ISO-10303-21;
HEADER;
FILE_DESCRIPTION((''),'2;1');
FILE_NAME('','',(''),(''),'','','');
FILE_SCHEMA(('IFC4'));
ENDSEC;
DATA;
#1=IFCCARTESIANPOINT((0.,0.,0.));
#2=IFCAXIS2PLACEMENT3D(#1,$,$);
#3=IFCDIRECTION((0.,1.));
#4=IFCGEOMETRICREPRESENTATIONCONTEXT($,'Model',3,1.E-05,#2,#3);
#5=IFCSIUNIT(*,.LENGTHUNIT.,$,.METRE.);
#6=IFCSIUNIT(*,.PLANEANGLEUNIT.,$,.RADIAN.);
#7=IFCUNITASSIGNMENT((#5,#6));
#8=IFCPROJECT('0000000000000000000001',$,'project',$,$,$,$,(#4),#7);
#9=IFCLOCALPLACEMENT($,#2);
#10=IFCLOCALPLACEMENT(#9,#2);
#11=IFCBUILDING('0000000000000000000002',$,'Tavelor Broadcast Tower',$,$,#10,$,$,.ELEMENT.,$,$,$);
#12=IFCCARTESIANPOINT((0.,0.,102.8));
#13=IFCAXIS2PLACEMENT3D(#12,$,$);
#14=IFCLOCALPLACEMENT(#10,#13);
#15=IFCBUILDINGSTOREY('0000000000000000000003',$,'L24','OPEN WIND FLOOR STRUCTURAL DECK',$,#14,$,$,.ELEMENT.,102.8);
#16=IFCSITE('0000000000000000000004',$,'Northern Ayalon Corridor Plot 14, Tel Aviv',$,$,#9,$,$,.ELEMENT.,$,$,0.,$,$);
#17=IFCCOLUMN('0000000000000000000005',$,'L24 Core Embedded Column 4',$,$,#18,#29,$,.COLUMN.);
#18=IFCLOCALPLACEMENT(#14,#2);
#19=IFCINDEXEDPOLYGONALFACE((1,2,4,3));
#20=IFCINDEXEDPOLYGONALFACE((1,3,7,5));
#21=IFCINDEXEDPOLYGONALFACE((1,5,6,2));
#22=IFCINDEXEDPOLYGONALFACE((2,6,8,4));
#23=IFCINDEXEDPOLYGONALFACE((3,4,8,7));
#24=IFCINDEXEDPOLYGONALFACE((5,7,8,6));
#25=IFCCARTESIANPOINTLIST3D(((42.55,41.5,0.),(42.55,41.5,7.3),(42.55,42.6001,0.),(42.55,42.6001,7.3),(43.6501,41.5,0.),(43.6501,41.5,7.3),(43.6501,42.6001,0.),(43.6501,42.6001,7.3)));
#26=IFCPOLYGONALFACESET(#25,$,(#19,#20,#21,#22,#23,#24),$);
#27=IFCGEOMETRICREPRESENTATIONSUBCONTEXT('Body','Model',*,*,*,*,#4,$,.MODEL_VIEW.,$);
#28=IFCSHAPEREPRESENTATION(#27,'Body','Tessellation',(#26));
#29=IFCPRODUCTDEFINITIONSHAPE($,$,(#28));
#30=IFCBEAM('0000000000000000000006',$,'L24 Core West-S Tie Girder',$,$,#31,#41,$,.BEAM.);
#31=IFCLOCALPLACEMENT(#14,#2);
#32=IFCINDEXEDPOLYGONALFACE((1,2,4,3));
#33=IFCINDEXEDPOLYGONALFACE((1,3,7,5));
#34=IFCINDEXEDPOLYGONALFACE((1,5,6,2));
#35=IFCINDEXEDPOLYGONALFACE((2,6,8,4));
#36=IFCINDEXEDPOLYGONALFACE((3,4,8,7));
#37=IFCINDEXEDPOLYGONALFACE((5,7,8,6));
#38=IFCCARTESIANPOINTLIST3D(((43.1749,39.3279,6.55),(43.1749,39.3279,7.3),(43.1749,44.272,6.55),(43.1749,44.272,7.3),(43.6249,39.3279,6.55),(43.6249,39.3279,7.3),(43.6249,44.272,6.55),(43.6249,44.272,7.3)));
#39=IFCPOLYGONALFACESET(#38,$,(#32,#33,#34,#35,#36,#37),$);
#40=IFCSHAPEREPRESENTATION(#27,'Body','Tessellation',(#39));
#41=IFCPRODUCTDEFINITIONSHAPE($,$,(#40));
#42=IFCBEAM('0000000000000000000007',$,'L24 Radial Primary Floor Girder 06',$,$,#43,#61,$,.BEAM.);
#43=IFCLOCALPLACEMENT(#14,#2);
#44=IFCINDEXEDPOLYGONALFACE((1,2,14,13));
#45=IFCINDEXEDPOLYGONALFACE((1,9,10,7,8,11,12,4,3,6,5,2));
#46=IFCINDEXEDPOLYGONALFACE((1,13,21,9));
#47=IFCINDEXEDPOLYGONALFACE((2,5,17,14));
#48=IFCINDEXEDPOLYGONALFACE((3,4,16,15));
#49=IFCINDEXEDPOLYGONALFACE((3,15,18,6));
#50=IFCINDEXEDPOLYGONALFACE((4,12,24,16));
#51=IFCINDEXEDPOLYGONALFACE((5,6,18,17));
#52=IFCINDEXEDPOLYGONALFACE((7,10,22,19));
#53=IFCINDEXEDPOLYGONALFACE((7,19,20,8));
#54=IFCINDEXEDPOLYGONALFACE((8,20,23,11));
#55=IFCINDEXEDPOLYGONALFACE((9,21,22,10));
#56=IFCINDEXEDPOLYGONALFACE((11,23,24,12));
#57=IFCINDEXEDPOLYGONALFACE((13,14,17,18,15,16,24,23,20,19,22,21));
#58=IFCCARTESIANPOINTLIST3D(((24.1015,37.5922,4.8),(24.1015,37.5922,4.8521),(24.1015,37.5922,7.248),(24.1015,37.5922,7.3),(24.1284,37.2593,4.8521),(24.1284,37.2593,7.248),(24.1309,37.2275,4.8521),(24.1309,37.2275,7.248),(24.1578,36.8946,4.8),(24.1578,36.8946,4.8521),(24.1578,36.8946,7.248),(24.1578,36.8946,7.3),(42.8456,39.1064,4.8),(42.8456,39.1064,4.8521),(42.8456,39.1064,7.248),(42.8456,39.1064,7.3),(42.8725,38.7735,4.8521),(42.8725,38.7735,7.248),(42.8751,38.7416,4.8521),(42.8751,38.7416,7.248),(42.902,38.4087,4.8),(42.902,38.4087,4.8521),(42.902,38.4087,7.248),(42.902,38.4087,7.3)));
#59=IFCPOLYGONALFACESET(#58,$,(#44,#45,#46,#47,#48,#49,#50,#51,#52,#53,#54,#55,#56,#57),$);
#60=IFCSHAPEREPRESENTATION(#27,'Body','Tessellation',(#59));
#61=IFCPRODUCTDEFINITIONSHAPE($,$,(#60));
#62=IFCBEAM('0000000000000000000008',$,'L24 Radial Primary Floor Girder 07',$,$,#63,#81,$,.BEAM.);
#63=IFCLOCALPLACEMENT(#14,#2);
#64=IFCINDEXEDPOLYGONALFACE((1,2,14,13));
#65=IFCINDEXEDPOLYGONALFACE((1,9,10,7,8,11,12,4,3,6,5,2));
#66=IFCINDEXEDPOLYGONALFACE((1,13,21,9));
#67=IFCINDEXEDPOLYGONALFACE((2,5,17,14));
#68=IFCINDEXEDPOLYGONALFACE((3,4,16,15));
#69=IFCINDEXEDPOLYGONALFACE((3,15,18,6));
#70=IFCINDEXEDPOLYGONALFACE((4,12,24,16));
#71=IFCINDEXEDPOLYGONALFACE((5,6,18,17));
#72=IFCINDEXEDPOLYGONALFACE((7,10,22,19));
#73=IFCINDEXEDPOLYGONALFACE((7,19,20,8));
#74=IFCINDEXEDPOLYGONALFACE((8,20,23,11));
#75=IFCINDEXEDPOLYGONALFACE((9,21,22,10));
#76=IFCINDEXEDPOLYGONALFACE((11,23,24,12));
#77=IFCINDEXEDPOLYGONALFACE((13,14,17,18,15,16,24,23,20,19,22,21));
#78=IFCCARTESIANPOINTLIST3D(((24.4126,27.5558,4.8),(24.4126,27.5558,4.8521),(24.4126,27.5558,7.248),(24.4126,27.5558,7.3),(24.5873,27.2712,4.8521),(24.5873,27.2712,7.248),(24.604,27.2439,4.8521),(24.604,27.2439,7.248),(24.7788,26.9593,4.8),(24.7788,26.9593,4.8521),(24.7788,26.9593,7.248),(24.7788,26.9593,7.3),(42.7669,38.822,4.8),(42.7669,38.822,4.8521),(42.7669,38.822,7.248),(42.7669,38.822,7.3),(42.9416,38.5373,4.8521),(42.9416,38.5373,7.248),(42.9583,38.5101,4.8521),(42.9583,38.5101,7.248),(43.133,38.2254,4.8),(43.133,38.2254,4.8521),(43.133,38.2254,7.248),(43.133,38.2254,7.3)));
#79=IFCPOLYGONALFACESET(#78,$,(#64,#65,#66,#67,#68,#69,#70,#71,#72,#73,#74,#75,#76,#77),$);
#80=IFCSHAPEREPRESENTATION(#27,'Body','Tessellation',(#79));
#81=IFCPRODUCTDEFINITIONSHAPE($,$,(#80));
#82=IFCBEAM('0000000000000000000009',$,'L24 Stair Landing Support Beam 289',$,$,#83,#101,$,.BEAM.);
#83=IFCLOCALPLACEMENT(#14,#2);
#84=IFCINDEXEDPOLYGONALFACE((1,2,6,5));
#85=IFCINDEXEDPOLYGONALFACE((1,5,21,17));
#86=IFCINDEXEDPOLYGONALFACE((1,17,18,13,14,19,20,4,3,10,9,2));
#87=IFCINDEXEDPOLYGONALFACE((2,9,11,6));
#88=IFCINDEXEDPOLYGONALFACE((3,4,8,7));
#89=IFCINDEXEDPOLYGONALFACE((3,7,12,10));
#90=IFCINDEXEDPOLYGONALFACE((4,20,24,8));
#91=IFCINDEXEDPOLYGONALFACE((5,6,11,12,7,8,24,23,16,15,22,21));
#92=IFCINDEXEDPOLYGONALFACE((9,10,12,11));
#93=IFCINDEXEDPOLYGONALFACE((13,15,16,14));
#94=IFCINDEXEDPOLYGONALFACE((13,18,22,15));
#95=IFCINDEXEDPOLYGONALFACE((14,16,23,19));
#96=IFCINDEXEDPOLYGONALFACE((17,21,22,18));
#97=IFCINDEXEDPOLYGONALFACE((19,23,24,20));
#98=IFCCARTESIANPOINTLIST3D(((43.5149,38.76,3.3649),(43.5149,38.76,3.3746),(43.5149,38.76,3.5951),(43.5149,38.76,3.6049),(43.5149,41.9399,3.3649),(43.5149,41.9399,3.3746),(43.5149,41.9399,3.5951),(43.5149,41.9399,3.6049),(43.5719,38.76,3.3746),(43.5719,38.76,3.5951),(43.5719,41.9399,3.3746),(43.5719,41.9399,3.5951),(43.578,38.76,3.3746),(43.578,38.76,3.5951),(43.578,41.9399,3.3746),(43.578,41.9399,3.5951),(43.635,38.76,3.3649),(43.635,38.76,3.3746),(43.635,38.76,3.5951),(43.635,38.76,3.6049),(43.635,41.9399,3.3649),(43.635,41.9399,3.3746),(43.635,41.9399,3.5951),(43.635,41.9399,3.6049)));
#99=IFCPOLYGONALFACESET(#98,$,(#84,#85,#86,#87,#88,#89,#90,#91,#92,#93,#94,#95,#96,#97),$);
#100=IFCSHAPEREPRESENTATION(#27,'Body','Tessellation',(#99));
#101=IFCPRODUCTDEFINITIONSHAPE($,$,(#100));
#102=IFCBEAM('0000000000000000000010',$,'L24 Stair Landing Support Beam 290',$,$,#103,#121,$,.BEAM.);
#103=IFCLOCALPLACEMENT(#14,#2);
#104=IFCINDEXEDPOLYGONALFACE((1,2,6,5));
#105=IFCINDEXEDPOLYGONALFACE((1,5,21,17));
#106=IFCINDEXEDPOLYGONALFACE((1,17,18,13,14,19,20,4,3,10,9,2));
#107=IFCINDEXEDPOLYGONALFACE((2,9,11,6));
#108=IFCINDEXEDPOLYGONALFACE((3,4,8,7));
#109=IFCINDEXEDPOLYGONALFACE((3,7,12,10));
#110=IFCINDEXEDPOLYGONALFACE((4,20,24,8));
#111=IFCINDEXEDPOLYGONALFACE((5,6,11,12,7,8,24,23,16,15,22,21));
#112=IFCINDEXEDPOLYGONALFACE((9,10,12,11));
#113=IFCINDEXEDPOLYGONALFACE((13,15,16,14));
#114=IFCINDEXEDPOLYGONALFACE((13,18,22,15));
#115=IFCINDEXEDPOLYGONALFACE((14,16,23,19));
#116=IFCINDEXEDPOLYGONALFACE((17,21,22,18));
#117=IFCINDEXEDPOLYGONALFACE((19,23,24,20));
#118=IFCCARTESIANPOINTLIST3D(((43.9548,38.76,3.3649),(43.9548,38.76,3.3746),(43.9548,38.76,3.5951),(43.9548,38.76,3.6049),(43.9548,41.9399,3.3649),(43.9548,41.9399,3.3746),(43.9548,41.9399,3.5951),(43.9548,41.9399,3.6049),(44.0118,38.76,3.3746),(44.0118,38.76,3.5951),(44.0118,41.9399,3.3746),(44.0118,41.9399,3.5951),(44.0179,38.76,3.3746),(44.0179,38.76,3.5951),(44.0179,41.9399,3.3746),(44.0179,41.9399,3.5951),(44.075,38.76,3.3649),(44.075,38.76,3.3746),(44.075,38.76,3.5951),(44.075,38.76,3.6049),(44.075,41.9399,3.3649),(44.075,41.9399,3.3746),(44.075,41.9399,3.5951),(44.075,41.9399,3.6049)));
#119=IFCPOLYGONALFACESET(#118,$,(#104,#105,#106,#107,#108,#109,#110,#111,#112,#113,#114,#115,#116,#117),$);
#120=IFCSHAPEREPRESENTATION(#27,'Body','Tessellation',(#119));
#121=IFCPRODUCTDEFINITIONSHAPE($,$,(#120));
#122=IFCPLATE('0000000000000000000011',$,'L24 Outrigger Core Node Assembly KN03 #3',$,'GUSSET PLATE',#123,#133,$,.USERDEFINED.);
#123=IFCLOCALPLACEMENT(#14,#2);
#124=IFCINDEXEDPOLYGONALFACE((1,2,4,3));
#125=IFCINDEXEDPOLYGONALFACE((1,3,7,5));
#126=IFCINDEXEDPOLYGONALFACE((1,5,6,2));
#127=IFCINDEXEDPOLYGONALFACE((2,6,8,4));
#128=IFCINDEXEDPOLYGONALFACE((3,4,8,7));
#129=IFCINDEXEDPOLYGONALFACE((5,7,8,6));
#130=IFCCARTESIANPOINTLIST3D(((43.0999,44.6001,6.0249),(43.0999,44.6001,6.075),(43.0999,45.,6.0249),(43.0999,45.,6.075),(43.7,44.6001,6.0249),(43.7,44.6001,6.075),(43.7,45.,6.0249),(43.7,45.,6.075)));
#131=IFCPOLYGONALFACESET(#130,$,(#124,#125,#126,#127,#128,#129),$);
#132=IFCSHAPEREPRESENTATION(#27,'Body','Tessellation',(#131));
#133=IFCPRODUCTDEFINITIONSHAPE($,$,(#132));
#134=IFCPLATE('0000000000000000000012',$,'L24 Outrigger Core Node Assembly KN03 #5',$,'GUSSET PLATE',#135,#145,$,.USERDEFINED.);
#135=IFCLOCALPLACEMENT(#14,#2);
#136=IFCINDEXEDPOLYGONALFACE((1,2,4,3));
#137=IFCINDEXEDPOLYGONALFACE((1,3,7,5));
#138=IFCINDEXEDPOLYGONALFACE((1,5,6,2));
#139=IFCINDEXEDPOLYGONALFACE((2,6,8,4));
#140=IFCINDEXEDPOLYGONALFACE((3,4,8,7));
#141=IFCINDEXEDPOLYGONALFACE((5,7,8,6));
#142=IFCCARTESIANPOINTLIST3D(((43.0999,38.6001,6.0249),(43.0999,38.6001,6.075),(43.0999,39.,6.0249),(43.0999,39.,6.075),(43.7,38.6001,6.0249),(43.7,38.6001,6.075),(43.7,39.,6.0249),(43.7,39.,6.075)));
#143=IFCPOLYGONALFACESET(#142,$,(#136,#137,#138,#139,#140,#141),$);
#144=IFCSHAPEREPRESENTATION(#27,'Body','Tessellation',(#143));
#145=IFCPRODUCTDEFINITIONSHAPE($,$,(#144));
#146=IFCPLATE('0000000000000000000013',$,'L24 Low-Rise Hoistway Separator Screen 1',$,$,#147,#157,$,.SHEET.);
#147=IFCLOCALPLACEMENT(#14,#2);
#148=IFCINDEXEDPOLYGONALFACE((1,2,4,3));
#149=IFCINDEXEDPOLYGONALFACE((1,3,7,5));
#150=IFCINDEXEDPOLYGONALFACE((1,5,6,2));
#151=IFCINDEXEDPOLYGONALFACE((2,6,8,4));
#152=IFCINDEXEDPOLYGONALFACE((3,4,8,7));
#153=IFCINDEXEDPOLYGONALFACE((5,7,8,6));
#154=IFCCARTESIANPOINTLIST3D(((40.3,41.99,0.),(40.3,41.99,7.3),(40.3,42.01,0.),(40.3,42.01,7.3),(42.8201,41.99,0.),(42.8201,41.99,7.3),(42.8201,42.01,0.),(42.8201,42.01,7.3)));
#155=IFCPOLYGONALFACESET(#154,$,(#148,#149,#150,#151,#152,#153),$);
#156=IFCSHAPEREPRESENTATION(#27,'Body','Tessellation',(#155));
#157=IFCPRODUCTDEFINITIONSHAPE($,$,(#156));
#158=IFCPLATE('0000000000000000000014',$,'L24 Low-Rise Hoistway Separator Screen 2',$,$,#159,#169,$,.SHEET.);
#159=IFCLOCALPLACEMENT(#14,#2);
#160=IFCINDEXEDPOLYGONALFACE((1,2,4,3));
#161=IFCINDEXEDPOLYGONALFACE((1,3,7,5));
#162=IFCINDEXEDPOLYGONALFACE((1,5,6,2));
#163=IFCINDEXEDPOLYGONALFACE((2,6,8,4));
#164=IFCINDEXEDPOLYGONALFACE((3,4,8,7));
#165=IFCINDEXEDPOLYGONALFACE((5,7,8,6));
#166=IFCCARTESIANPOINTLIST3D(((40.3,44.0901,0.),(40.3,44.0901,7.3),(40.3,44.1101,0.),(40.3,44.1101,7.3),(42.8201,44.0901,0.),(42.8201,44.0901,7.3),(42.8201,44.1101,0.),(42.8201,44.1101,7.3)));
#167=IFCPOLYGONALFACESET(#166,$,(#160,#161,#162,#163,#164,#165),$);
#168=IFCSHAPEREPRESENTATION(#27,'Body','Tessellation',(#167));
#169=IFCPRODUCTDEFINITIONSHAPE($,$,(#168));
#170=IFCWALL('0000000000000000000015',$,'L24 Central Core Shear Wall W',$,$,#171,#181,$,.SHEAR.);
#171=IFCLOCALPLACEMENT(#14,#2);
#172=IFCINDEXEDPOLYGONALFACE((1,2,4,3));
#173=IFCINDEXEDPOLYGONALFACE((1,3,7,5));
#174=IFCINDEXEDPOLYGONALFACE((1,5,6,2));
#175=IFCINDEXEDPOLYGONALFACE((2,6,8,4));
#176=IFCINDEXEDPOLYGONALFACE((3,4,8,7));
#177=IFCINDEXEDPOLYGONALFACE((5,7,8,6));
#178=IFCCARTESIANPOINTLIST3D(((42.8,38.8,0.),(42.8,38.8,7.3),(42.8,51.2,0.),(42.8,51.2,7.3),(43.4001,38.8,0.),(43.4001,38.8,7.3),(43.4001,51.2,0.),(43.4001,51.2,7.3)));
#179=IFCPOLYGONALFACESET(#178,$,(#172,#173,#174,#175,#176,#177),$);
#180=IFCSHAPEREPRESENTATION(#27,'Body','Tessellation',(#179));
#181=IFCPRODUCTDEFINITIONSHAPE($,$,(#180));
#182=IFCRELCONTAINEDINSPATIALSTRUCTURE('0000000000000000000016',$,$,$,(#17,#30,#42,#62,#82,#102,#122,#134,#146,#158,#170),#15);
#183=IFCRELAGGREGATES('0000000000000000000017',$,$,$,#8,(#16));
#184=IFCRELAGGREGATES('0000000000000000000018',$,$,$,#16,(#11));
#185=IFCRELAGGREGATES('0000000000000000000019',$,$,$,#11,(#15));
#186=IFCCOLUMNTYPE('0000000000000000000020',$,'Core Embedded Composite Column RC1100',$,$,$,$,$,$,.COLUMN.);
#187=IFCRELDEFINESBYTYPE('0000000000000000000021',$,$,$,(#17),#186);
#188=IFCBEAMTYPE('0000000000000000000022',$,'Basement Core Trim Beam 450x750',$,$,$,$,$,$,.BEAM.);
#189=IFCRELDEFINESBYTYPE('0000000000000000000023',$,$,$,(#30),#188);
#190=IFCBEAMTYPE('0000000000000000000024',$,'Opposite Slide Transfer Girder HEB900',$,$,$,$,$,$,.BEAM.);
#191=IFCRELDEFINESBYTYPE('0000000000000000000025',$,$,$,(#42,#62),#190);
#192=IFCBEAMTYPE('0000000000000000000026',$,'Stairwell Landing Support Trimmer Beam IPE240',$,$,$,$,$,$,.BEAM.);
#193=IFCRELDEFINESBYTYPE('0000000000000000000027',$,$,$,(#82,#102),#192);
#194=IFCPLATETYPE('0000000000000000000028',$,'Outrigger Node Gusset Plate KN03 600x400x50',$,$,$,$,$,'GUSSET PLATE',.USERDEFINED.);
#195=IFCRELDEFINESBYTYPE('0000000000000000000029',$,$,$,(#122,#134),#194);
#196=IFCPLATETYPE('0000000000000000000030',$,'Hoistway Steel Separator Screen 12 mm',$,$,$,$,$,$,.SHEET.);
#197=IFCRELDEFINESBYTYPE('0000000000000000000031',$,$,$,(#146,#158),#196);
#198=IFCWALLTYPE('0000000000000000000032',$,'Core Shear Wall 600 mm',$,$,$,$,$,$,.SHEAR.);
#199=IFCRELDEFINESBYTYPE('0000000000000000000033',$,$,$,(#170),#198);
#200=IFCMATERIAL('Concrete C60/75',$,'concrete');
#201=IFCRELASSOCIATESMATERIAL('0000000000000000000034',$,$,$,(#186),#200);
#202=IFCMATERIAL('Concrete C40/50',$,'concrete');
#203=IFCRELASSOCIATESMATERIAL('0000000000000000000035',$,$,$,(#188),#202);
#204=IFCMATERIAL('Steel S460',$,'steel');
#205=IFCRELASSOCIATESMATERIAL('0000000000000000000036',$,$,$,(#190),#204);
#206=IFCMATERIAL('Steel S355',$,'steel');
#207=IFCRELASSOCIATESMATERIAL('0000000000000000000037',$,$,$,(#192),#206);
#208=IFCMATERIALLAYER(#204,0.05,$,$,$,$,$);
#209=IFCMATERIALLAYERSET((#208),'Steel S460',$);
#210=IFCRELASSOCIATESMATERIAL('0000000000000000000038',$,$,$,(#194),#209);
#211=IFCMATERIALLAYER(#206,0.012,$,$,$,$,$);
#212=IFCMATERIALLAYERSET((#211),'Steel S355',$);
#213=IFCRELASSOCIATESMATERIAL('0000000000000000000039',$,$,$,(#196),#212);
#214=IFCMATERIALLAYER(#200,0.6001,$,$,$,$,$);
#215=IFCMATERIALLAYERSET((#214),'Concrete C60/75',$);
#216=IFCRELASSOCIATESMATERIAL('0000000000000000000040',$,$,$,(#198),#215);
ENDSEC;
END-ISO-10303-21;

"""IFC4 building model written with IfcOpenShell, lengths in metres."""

from ifc_helpers import new_model, si_unit, direction, frame, frame_2d, origin, origin_2d, place, context, subcontext, project, spatial, rectangle, i_section, extrude, source, transform, mapped, material, layer, layer_set, material_profile, profile_set, type_object, type_shapes, element, save


model = new_model("IFC4")

# Units and contexts
model_context = context("Model", 3, precision=1e-05, world=origin(), true_north=direction((0.0, 1.0)))
body_context = subcontext(model_context, "Body", "Model", "MODEL_VIEW")
ifc_project = project(units=[si_unit("LENGTHUNIT", "METRE"), si_unit("PLANEANGLEUNIT", "RADIAN")], contexts=[model_context])

# Site, building, storey
site_placement = place(None, origin())
site = spatial("IfcSite", under=ifc_project, at=site_placement, Name="Northern Ayalon Corridor Plot 14, Tel Aviv", CompositionType="ELEMENT", RefElevation=0.0)
building_placement = place(site_placement, origin())
building = spatial("IfcBuilding", under=site, at=building_placement, Name="Tavelor Broadcast Tower", CompositionType="ELEMENT")
storey_placement = place(building_placement, frame((0.0, 0.0, 102.8)))
storey = spatial("IfcBuildingStorey", under=building, at=storey_placement, Name="L24", Description="OPEN WIND FLOOR STRUCTURAL DECK", CompositionType="ELEMENT", Elevation=102.8)

# Column
ifc_material_1 = material(Name="Concrete C60/75", Category="concrete")
ifc_material_profile_1 = material_profile(ifc_material_1, rectangle(XDim=1.1001, YDim=1.1001, at=origin_2d()), Name="RC 1100x1100")
ifc_profile_set_1 = profile_set([ifc_material_profile_1], Name="Concrete C60/75")
column_type = type_object("IfcColumnType", Name="Core Embedded Composite Column RC1100", PredefinedType="COLUMN", material=ifc_profile_set_1)
column_placement = place(storey_placement, frame((43.1001, 42.05, 0.0), z_axis=(0.0, 0.0, 1.0), x_axis=(1.0, 0.0, 0.0)))
element("IfcColumn", 1, at=column_placement, inside=storey, type_object=column_type, Name="L24 Core Embedded Column 4", PredefinedType="COLUMN", context=body_context, shape_type="SweptSolid", body=[
    extrude(rectangle(XDim=1.1001, YDim=1.1001, at=origin_2d()), origin(), (0.0, 0.0, 1.0), 7.3),
])

# Beams
ifc_material_2 = material(Name="Concrete C40/50", Category="concrete")
ifc_material_profile_2 = material_profile(ifc_material_2, rectangle(XDim=0.45, YDim=0.75, at=origin_2d()), Name="RC 450x750")
ifc_profile_set_2 = profile_set([ifc_material_profile_2], Name="Concrete C40/50")
beam_type_1 = type_object("IfcBeamType", Name="Basement Core Trim Beam 450x750", PredefinedType="BEAM", material=ifc_profile_set_2)
beam_1_placement = place(storey_placement, frame((43.3999, 39.3279, 6.925), z_axis=(0.0, 1.0, 0.0), x_axis=(-1.0, 0.0, 0.0)))
element("IfcBeam", 2, at=beam_1_placement, inside=storey, type_object=beam_type_1, Name="L24 Core West-S Tie Girder", PredefinedType="BEAM", context=body_context, shape_type="SweptSolid", body=[
    extrude(rectangle(XDim=0.45, YDim=0.75, at=origin_2d()), origin(), (0.0, 0.0, 1.0), 4.9441),
])
ifc_material_3 = material(Name="Steel S460", Category="steel")
ifc_material_profile_3 = material_profile(ifc_material_3, i_section(OverallWidth=0.7, OverallDepth=2.5, WebThickness=0.032, FlangeThickness=0.052, at=origin_2d()), Name="PG 2500x700")
ifc_profile_set_3 = profile_set([ifc_material_profile_3], Name="Steel S460")
beam_type_2 = type_object("IfcBeamType", Name="Opposite Slide Transfer Girder HEB900", PredefinedType="BEAM", material=ifc_profile_set_3)
beam_2_placement = place(storey_placement, frame((42.8738, 38.7576, 6.05), z_axis=(-0.996753, -0.080518, 0.0), x_axis=(0.080518, -0.996753, 0.0)))
element("IfcBeam", 3, at=beam_2_placement, inside=storey, type_object=beam_type_2, Name="L24 Radial Primary Floor Girder 06", PredefinedType="BEAM", context=body_context, shape_type="SweptSolid", body=[
    extrude(i_section(OverallWidth=0.7, OverallDepth=2.5, WebThickness=0.032, FlangeThickness=0.052, at=origin_2d()), origin(), (0.0, 0.0, 1.0), 18.8052),
])
beam_3_placement = place(storey_placement, frame((42.95, 38.5237, 6.05), z_axis=(-0.852255, -0.523127, 0.0), x_axis=(0.523127, -0.852255, 0.0)))
element("IfcBeam", 4, at=beam_3_placement, inside=storey, type_object=beam_type_2, Name="L24 Radial Primary Floor Girder 07", PredefinedType="BEAM", context=body_context, shape_type="SweptSolid", body=[
    extrude(i_section(OverallWidth=0.7, OverallDepth=2.5, WebThickness=0.032, FlangeThickness=0.052, at=origin_2d()), origin(), (0.0, 0.0, 1.0), 21.5361),
])
ifc_material_4 = material(Name="Steel S355", Category="steel")
ifc_material_profile_4 = material_profile(ifc_material_4, i_section(OverallWidth=0.1201, OverallDepth=0.24, WebThickness=0.0061, FlangeThickness=0.0098, at=origin_2d()), Name="IPE 240")
ifc_profile_set_4 = profile_set([ifc_material_profile_4], Name="Steel S355")
beam_type_3 = type_object("IfcBeamType", Name="Stairwell Landing Support Trimmer Beam IPE240", PredefinedType="BEAM", material=ifc_profile_set_4)
for number, where, z_axis, x_axis, name in (
    (5, (43.575, 38.76, 3.4849), (0.0, 1.0, 0.0), (-1.0, 0.0, 0.0), "L24 Stair Landing Support Beam 289"),
    (6, (44.0149, 38.76, 3.4849), (0.0, 1.0, 0.0), (-1.0, 0.0, 0.0), "L24 Stair Landing Support Beam 290"),
):
    element("IfcBeam", number, at=place(storey_placement, frame(where, z_axis=z_axis, x_axis=x_axis)), inside=storey, type_object=beam_type_3, Name=name, PredefinedType="BEAM", context=body_context, shape_type="SweptSolid", body=[
        extrude(i_section(OverallWidth=0.1201, OverallDepth=0.24, WebThickness=0.0061, FlangeThickness=0.0098, at=origin_2d()), origin(), (0.0, 0.0, 1.0), 3.1799),
    ])

# Plates
ifc_layer_1 = layer(ifc_material_3, 0.05)
ifc_layer_set_1 = layer_set([ifc_layer_1], Name="Steel S460")
plate_type_1 = type_object("IfcPlateType", Name="Outrigger Node Gusset Plate KN03 600x400x50", ElementType="GUSSET PLATE", PredefinedType="USERDEFINED", material=ifc_layer_set_1)
shared_shape_1 = source(origin(), body_context, "Body", "SweptSolid", [
    extrude(rectangle(XDim=0.6001, YDim=0.3999, at=origin_2d()), origin(), (0.0, 0.0, 1.0), 0.05),
])
type_shapes(plate_type_1, [shared_shape_1])
for number, where, z_axis, x_axis, name in (
    (7, (43.3999, 44.8, 6.0249), (0.0, 0.0, 1.0), (1.0, 0.0, 0.0), "L24 Outrigger Core Node Assembly KN03 #3"),
    (8, (43.3999, 38.8, 6.0249), (0.0, 0.0, 1.0), (1.0, 0.0, 0.0), "L24 Outrigger Core Node Assembly KN03 #5"),
):
    element("IfcPlate", number, at=place(storey_placement, frame(where, z_axis=z_axis, x_axis=x_axis)), inside=storey, type_object=plate_type_1, Name=name, ObjectType="GUSSET PLATE", PredefinedType="USERDEFINED", context=body_context, shape_type="MappedRepresentation", body=[
        mapped(shared_shape_1, transform((0.0, 0.0, 0.0), scale=1.0)),
    ])
ifc_layer_2 = layer(ifc_material_4, 0.012)
ifc_layer_set_2 = layer_set([ifc_layer_2], Name="Steel S355")
plate_type_2 = type_object("IfcPlateType", Name="Hoistway Steel Separator Screen 12 mm", PredefinedType="SHEET", material=ifc_layer_set_2)
shared_shape_2 = source(origin(), body_context, "Body", "SweptSolid", [
    extrude(rectangle(XDim=2.52, YDim=0.02, at=origin_2d()), origin(), (0.0, 0.0, 1.0), 7.3),
])
type_shapes(plate_type_2, [shared_shape_2])
for number, where, z_axis, x_axis, name in (
    (9, (41.5601, 42.0, 0.0), (0.0, 0.0, 1.0), (1.0, 0.0, 0.0), "L24 Low-Rise Hoistway Separator Screen 1"),
    (10, (41.5601, 44.1001, 0.0), (0.0, 0.0, 1.0), (1.0, 0.0, 0.0), "L24 Low-Rise Hoistway Separator Screen 2"),
):
    element("IfcPlate", number, at=place(storey_placement, frame(where, z_axis=z_axis, x_axis=x_axis)), inside=storey, type_object=plate_type_2, Name=name, PredefinedType="SHEET", context=body_context, shape_type="MappedRepresentation", body=[
        mapped(shared_shape_2, transform((0.0, 0.0, 0.0), scale=1.0)),
    ])

# Wall
ifc_layer_3 = layer(ifc_material_1, 0.6001)
ifc_layer_set_3 = layer_set([ifc_layer_3], Name="Concrete C60/75")
wall_type_1 = type_object("IfcWallType", Name="Core Shear Wall 600 mm", PredefinedType="SHEAR", material=ifc_layer_set_3)
wall_1_placement = place(storey_placement, frame((43.1001, 38.8, 0.0), z_axis=(0.0, 0.0, 1.0), x_axis=(0.0, 1.0, 0.0)))
element("IfcWall", 11, at=wall_1_placement, inside=storey, type_object=wall_type_1, Name="L24 Central Core Shear Wall W", PredefinedType="SHEAR", context=body_context, shape_type="SweptSolid", body=[
    extrude(rectangle(XDim=12.3999, YDim=0.6001, at=frame_2d((6.2, 0.0))), origin(), (0.0, 0.0, 1.0), 7.3),
])

save(model, "model.ifc")
